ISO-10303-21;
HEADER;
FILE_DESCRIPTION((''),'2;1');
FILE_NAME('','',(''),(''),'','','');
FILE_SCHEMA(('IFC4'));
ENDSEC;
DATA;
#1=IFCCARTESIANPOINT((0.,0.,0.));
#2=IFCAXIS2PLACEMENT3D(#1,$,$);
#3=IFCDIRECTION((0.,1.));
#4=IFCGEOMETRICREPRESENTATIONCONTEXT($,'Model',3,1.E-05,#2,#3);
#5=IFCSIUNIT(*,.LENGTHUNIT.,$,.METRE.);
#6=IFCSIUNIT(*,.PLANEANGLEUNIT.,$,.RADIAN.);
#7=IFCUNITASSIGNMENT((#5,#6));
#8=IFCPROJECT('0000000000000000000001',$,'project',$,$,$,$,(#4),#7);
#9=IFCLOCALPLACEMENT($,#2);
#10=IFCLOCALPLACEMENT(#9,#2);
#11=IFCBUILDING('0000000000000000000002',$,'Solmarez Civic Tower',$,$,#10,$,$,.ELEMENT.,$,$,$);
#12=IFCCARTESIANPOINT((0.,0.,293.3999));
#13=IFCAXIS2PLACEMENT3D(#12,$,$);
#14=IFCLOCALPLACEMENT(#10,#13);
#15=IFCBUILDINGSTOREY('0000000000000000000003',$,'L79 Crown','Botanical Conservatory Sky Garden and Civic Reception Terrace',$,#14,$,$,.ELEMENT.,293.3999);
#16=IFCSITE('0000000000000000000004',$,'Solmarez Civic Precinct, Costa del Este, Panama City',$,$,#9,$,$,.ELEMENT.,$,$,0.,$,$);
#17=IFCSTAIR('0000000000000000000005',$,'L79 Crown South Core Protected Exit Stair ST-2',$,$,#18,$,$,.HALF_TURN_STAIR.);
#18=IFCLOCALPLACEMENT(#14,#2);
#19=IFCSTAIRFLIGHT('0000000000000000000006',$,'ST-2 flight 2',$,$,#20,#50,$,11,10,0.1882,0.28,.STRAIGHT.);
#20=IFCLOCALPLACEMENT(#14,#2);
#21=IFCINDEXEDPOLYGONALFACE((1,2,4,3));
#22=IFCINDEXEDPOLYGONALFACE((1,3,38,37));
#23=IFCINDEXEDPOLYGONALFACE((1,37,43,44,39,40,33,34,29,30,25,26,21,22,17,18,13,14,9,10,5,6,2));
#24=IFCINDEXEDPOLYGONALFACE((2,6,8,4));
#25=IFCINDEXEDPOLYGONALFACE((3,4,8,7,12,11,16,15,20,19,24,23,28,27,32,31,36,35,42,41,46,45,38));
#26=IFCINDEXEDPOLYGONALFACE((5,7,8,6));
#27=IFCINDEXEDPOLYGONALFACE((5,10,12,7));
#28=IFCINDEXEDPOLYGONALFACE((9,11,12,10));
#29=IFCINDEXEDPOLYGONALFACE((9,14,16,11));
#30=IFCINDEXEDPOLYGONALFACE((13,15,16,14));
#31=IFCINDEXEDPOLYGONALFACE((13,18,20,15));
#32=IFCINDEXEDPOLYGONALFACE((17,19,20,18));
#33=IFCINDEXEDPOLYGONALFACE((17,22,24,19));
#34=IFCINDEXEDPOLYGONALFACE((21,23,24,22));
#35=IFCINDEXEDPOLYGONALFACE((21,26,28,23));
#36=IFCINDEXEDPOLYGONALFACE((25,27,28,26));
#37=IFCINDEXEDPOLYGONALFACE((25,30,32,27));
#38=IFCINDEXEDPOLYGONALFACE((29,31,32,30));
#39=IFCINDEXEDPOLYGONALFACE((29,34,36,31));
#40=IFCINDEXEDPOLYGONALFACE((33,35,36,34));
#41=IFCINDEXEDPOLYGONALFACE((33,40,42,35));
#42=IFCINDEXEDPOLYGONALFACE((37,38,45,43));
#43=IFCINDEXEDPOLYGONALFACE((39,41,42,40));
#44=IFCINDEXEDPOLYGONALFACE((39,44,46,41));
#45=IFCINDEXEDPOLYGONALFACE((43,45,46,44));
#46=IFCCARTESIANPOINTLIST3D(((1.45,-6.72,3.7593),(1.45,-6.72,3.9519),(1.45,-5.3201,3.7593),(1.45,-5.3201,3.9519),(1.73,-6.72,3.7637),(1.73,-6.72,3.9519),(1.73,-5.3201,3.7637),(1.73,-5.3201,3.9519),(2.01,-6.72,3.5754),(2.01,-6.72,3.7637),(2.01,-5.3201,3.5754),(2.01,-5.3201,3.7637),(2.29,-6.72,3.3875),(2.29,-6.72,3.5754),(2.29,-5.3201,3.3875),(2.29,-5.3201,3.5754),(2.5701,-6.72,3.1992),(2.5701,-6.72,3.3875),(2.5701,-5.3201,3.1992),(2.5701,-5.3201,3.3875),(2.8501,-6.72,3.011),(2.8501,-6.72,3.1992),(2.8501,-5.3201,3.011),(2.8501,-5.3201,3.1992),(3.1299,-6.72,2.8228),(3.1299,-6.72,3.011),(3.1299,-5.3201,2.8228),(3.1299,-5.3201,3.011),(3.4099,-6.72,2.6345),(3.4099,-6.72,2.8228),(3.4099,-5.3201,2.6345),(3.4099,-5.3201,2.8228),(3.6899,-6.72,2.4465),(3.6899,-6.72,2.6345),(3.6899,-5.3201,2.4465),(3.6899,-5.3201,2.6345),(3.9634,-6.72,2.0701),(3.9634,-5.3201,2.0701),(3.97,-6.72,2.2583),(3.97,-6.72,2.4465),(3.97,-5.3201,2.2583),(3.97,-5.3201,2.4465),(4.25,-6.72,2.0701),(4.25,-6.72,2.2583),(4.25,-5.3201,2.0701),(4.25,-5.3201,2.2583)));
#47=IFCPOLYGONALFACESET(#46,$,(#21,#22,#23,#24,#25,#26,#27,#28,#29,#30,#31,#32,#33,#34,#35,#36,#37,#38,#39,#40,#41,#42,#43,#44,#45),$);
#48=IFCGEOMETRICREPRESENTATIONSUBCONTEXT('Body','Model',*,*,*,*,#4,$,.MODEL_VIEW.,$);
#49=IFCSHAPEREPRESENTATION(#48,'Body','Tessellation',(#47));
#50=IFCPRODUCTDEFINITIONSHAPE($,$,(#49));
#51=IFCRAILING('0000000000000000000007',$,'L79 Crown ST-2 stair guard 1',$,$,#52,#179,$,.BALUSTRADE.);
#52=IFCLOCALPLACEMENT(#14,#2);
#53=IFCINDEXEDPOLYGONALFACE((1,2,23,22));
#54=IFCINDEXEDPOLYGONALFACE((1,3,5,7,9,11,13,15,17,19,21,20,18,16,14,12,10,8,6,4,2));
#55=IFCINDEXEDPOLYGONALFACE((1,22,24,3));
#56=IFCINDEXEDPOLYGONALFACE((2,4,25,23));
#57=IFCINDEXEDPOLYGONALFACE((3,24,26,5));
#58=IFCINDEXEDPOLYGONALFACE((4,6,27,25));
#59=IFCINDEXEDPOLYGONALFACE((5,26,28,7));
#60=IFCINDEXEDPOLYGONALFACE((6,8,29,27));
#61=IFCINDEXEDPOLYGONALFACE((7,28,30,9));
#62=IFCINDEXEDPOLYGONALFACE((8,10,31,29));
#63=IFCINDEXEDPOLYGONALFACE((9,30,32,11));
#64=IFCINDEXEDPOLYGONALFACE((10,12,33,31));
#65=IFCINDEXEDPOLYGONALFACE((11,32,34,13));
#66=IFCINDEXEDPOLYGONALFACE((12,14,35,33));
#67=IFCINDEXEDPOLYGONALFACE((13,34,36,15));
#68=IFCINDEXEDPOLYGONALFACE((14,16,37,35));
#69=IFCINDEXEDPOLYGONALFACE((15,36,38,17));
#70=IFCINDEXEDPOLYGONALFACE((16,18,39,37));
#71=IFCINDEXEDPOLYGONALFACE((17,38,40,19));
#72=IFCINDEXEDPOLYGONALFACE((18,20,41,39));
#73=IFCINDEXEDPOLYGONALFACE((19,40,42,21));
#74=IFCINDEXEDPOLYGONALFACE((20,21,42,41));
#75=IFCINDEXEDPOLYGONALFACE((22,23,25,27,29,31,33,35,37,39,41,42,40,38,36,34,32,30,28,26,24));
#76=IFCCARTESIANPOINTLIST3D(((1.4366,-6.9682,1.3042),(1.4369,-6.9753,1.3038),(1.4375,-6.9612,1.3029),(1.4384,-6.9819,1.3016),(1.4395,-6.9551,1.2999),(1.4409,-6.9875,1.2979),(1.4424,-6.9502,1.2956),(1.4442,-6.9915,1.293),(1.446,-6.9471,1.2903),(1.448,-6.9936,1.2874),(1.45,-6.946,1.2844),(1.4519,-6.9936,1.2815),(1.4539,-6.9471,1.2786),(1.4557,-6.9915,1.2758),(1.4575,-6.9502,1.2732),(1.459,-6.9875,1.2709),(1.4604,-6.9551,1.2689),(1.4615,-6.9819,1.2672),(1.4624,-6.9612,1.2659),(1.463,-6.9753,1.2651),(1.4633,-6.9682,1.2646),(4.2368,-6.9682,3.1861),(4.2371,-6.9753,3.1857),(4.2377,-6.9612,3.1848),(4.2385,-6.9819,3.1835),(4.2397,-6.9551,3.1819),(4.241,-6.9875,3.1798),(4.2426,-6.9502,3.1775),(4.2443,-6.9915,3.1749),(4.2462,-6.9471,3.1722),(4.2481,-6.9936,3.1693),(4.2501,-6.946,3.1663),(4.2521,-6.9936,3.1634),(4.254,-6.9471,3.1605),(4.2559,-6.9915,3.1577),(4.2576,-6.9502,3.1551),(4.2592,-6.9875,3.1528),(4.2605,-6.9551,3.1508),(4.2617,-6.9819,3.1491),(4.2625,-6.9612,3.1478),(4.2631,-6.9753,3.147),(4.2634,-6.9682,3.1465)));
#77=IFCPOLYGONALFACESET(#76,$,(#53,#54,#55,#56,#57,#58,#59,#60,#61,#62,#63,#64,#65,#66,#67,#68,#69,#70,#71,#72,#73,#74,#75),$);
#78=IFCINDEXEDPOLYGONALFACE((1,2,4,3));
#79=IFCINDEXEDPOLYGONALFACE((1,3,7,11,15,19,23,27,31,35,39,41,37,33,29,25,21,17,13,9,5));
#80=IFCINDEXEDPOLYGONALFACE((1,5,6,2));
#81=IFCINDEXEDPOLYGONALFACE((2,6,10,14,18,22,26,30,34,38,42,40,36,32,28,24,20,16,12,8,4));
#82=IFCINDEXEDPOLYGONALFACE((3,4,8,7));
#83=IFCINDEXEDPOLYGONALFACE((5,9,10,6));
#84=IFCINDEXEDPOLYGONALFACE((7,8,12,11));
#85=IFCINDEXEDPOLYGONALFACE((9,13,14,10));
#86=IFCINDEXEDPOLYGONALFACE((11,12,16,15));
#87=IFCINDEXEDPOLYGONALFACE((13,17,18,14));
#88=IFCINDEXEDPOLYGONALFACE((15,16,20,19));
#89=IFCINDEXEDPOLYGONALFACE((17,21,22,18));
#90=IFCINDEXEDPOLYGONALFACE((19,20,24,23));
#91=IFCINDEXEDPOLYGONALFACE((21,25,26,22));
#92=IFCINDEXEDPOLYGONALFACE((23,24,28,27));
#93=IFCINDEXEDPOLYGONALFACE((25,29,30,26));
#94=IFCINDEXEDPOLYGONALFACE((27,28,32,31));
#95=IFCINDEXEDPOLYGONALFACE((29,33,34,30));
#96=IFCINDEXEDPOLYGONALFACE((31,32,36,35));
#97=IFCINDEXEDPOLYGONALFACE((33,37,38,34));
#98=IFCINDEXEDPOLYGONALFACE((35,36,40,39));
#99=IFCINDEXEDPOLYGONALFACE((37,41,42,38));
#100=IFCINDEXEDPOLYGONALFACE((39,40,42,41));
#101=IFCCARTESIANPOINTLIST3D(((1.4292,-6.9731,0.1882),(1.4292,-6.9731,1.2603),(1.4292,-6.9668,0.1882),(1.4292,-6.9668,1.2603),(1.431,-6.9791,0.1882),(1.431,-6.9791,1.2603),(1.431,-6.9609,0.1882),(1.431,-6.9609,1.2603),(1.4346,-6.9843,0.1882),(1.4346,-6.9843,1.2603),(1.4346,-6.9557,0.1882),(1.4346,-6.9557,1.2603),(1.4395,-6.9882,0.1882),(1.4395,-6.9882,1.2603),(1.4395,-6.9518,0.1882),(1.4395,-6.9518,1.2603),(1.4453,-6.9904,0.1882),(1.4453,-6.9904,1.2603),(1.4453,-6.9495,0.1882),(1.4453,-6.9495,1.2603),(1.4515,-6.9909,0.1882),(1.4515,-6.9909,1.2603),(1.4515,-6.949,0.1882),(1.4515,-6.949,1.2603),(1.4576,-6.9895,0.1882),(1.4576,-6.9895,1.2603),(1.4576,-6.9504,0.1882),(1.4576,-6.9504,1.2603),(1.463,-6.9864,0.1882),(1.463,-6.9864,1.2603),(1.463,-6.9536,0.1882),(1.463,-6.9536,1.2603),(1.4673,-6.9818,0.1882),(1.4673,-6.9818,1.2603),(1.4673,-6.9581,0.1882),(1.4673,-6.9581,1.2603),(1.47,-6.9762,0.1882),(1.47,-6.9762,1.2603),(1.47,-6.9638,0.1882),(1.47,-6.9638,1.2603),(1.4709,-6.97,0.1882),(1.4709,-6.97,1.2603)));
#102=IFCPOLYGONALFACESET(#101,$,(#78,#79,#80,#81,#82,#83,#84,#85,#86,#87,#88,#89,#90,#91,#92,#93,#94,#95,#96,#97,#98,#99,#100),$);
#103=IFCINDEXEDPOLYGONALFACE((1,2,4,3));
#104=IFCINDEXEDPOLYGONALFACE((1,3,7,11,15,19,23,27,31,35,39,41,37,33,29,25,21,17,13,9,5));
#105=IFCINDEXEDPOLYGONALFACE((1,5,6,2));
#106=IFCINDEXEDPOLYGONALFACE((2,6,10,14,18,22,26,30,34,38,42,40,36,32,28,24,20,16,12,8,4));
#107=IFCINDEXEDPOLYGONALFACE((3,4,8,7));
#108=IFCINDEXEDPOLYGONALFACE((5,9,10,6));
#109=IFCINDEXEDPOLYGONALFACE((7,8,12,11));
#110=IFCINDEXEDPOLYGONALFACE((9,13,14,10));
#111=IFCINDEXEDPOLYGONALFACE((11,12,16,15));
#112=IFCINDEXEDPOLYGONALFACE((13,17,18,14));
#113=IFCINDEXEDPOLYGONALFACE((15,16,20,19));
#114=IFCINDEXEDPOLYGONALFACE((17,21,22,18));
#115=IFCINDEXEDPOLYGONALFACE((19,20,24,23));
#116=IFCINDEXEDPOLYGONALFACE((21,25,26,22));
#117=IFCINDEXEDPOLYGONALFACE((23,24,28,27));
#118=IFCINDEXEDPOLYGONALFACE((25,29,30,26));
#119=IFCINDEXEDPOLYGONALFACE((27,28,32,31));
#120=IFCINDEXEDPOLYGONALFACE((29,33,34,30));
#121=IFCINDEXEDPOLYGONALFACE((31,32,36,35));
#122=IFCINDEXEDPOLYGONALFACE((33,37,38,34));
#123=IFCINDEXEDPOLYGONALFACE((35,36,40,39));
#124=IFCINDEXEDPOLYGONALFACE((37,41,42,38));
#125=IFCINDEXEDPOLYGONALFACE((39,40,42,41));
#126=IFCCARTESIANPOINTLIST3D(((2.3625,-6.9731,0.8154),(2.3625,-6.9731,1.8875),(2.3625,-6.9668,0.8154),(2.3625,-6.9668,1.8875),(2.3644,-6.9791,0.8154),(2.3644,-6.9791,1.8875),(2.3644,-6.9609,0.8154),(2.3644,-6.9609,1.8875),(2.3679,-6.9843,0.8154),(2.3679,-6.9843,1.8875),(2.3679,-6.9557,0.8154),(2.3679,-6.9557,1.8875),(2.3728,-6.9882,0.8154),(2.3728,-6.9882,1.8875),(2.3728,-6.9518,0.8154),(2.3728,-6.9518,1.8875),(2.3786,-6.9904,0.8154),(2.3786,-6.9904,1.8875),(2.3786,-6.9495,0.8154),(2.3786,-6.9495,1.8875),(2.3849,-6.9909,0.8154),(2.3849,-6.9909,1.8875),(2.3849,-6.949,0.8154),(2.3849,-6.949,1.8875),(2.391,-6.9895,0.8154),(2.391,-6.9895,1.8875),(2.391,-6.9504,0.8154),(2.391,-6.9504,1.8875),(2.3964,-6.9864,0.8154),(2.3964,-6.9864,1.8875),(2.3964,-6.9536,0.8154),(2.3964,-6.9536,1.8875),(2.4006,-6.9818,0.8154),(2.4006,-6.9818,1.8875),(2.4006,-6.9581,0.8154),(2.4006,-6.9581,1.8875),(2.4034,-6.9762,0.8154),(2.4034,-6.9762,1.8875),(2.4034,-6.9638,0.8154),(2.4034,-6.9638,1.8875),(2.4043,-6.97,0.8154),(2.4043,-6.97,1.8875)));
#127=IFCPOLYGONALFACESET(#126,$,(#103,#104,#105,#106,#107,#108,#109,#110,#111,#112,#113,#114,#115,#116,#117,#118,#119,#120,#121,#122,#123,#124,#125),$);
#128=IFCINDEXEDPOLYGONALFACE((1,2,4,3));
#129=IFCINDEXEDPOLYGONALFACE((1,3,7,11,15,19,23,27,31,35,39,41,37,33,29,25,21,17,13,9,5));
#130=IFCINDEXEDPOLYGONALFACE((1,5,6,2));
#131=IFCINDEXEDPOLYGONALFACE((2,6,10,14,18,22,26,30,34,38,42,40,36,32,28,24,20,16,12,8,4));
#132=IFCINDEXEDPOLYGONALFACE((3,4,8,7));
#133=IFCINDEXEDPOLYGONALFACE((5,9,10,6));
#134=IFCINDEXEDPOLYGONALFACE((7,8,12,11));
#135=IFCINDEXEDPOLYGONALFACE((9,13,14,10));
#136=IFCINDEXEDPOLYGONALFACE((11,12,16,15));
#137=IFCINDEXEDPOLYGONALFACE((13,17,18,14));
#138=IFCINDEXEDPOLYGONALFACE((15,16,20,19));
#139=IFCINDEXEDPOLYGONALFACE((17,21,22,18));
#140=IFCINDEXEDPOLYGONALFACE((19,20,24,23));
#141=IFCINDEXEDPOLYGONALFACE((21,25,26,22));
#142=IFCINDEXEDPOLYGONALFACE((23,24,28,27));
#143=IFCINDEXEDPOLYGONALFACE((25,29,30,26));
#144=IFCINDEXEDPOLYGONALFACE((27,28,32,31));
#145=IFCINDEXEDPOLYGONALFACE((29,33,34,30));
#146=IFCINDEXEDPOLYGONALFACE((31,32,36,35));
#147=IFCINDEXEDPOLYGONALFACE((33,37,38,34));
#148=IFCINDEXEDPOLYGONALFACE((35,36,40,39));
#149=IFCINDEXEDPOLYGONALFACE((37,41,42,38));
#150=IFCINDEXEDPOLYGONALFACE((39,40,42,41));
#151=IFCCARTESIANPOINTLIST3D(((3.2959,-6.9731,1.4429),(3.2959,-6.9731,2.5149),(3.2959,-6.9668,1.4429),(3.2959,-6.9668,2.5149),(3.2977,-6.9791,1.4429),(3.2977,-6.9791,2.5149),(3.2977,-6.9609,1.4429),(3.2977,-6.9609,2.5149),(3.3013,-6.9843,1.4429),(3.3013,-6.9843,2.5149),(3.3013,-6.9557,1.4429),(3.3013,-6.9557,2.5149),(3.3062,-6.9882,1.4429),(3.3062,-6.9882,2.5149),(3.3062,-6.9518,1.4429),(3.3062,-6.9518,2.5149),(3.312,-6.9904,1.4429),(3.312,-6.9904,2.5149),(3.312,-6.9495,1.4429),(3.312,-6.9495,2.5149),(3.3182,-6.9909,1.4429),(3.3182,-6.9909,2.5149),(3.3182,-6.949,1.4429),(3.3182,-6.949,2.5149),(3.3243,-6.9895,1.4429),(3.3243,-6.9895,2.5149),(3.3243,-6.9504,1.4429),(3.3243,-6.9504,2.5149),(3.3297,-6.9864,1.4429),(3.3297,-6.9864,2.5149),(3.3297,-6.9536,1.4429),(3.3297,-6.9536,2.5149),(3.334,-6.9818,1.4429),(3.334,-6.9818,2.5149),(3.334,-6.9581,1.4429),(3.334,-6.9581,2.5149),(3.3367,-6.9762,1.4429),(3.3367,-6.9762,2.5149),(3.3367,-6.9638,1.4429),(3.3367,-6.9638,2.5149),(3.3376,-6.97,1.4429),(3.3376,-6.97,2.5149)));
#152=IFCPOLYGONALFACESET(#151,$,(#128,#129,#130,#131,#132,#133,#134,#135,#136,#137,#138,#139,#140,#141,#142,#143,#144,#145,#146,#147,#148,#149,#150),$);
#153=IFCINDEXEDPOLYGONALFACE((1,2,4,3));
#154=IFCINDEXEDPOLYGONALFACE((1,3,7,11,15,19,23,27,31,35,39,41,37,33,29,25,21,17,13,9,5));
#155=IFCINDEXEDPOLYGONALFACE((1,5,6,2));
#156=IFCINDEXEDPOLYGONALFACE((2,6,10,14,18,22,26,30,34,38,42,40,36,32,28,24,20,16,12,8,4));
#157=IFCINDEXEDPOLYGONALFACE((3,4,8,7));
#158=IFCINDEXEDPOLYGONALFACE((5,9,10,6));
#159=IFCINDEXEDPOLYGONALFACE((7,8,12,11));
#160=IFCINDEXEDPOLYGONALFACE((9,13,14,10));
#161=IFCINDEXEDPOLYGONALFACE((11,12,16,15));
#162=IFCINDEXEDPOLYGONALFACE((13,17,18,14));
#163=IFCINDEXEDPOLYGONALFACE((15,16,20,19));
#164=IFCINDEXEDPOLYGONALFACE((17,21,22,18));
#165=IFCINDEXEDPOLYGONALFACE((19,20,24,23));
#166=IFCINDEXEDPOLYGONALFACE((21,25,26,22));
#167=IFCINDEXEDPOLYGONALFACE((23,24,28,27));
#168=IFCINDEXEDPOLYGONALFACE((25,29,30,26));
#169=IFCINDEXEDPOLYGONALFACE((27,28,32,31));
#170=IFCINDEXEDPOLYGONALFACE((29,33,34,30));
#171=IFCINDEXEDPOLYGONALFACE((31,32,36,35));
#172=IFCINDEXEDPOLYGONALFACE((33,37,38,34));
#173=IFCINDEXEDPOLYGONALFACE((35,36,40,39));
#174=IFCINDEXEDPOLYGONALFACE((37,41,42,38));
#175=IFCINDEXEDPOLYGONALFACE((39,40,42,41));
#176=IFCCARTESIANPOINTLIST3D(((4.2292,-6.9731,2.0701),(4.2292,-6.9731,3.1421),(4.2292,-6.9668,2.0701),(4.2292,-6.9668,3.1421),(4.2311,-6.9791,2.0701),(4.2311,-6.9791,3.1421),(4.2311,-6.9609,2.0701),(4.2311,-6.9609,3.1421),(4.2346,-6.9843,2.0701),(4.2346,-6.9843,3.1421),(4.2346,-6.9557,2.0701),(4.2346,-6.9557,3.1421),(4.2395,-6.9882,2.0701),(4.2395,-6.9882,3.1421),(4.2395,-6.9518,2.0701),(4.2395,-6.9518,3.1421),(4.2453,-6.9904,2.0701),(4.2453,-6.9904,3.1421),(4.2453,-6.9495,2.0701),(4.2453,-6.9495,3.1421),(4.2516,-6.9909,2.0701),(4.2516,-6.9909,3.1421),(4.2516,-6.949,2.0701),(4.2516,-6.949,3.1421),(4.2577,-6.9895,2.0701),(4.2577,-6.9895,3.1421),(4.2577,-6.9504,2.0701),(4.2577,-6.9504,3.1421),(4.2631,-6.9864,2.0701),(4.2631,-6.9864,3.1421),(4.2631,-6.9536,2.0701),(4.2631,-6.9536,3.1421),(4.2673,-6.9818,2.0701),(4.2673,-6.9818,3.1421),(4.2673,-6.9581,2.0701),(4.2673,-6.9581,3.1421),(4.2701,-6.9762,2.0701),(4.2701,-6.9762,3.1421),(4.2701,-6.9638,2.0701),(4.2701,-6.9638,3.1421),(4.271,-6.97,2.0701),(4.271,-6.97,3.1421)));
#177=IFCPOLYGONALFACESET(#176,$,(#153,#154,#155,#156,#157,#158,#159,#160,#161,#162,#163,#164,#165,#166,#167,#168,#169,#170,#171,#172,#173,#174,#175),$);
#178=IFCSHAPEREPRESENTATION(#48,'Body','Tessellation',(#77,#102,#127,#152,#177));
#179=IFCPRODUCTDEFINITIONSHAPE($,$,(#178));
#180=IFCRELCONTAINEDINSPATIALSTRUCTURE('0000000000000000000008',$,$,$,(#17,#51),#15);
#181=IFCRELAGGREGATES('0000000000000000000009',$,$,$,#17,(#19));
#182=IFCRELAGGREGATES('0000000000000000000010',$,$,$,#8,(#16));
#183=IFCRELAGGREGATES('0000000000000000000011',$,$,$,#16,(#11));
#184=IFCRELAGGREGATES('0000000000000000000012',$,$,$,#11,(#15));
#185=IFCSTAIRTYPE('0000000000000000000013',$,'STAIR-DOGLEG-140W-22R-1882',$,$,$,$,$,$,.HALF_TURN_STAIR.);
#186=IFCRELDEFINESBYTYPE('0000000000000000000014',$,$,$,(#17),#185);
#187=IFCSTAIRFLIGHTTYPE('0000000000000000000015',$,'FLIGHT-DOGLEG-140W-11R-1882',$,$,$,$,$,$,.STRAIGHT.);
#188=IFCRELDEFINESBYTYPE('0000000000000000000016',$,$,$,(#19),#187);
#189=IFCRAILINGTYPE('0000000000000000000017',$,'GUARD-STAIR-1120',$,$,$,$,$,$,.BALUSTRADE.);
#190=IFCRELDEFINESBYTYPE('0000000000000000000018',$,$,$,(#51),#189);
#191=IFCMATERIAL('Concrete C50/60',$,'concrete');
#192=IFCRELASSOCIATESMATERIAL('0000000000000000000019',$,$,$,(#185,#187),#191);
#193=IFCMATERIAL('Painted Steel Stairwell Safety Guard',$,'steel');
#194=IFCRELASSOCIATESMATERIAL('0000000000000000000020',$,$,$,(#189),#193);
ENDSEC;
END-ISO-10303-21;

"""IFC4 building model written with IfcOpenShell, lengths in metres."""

from ifc_helpers import new_model, si_unit, direction, frame, origin, origin_2d, place, context, subcontext, project, spatial, polyline, circle, outline, extrude, material, type_object, element, aggregate, save


model = new_model("IFC4")

# Units and contexts
model_context = context("Model", 3, precision=1e-05, world=origin(), true_north=direction((0.0, 1.0)))
body_context = subcontext(model_context, "Body", "Model", "MODEL_VIEW")
ifc_project = project(units=[si_unit("LENGTHUNIT", "METRE"), si_unit("PLANEANGLEUNIT", "RADIAN")], contexts=[model_context])

# Site, building, storey
site_placement = place(None, origin())
site = spatial("IfcSite", under=ifc_project, at=site_placement, Name="Solmarez Civic Precinct, Costa del Este, Panama City", CompositionType="ELEMENT", RefElevation=0.0)
building_placement = place(site_placement, origin())
building = spatial("IfcBuilding", under=site, at=building_placement, Name="Solmarez Civic Tower", CompositionType="ELEMENT")
storey_placement = place(building_placement, frame((0.0, 0.0, 293.3999)))
storey = spatial("IfcBuildingStorey", under=building, at=storey_placement, Name="L79 Crown", Description="Botanical Conservatory Sky Garden and Civic Reception Terrace", CompositionType="ELEMENT", Elevation=293.3999)

# Shared definitions
ifc_material_1 = material(Name="Concrete C50/60", Category="concrete")

# Stair, stair flight
stair_type = type_object("IfcStairType", Name="STAIR-DOGLEG-140W-22R-1882", PredefinedType="HALF_TURN_STAIR", material=ifc_material_1)
stair_placement = place(storey_placement, origin())
stair = element("IfcStair", 1, at=stair_placement, inside=storey, type_object=stair_type, Name="L79 Crown South Core Protected Exit Stair ST-2", PredefinedType="HALF_TURN_STAIR")
stair_flight_type = type_object("IfcStairFlightType", Name="FLIGHT-DOGLEG-140W-11R-1882", PredefinedType="STRAIGHT", material=ifc_material_1)
stair_flight_1_placement = place(storey_placement, frame((4.25, -6.02, 2.0701), z_axis=(0.0, 0.0, 1.0), x_axis=(-1.0, 0.0, 0.0)))
stair_flight_1 = element("IfcStairFlight", 2, at=stair_flight_1_placement, type_object=stair_flight_type, Name="ST-2 flight 2", NumberOfRisers=11, NumberOfTreads=10, PredefinedType="STRAIGHT", RiserHeight=0.1882, TreadLength=0.28, context=body_context, shape_type="SweptSolid", body=[
    extrude(outline(polyline([(0.0, 0.0), (0.0, 0.1882), (0.28, 0.1882), (0.28, 0.3765), (0.5601, 0.3765), (0.5601, 0.5645), (0.8401, 0.5645), (0.8401, 0.7527), (1.1201, 0.7527), (1.1201, 0.9409), (1.3999, 0.9409), (1.3999, 1.1292), (1.6799, 1.1292), (1.6799, 1.3174), (1.96, 1.3174), (1.96, 1.5054), (2.24, 1.5054), (2.24, 1.6936), (2.52, 1.6936), (2.52, 1.8818), (2.8, 1.8818), (2.8, 2.0701), (2.8, 1.6892), (0.2866, 0.0), (0.0, 0.0)])), frame((0.0, 0.7, 0.0), z_axis=(0.0, -1.0, 0.0), x_axis=(1.0, 0.0, 0.0)), (0.0, 0.0, 1.0), 1.3999),
])
aggregate(stair, [stair_flight_1])

# Railing
ifc_material_2 = material(Name="Painted Steel Stairwell Safety Guard", Category="steel")
railing_type_1 = type_object("IfcRailingType", Name="GUARD-STAIR-1120", PredefinedType="BALUSTRADE", material=ifc_material_2)
railing_1_placement = place(storey_placement, frame((1.45, -6.97, 0.1882)))
element("IfcRailing", 3, at=railing_1_placement, inside=storey, type_object=railing_type_1, Name="L79 Crown ST-2 stair guard 1", PredefinedType="BALUSTRADE", context=body_context, shape_type="SweptSolid", body=[
    extrude(circle(Radius=0.0239, at=origin_2d()), frame((0.0, 0.0, 1.0962), z_axis=(0.829974, 0.0, 0.557803), x_axis=(0.0, 1.0, 0.0)), (0.0, 0.0, 1.0), 3.3738),
    extrude(circle(Radius=0.021, at=origin_2d()), origin(), (0.0, 0.0, 1.0), 1.072),
    extrude(circle(Radius=0.021, at=origin_2d()), frame((0.9333, 0.0, 0.6272)), (0.0, 0.0, 1.0), 1.072),
    extrude(circle(Radius=0.021, at=origin_2d()), frame((1.8667, 0.0, 1.2546)), (0.0, 0.0, 1.0), 1.072),
    extrude(circle(Radius=0.021, at=origin_2d()), frame((2.8, 0.0, 1.8818)), (0.0, 0.0, 1.0), 1.072),
])

save(model, "model.ifc")
